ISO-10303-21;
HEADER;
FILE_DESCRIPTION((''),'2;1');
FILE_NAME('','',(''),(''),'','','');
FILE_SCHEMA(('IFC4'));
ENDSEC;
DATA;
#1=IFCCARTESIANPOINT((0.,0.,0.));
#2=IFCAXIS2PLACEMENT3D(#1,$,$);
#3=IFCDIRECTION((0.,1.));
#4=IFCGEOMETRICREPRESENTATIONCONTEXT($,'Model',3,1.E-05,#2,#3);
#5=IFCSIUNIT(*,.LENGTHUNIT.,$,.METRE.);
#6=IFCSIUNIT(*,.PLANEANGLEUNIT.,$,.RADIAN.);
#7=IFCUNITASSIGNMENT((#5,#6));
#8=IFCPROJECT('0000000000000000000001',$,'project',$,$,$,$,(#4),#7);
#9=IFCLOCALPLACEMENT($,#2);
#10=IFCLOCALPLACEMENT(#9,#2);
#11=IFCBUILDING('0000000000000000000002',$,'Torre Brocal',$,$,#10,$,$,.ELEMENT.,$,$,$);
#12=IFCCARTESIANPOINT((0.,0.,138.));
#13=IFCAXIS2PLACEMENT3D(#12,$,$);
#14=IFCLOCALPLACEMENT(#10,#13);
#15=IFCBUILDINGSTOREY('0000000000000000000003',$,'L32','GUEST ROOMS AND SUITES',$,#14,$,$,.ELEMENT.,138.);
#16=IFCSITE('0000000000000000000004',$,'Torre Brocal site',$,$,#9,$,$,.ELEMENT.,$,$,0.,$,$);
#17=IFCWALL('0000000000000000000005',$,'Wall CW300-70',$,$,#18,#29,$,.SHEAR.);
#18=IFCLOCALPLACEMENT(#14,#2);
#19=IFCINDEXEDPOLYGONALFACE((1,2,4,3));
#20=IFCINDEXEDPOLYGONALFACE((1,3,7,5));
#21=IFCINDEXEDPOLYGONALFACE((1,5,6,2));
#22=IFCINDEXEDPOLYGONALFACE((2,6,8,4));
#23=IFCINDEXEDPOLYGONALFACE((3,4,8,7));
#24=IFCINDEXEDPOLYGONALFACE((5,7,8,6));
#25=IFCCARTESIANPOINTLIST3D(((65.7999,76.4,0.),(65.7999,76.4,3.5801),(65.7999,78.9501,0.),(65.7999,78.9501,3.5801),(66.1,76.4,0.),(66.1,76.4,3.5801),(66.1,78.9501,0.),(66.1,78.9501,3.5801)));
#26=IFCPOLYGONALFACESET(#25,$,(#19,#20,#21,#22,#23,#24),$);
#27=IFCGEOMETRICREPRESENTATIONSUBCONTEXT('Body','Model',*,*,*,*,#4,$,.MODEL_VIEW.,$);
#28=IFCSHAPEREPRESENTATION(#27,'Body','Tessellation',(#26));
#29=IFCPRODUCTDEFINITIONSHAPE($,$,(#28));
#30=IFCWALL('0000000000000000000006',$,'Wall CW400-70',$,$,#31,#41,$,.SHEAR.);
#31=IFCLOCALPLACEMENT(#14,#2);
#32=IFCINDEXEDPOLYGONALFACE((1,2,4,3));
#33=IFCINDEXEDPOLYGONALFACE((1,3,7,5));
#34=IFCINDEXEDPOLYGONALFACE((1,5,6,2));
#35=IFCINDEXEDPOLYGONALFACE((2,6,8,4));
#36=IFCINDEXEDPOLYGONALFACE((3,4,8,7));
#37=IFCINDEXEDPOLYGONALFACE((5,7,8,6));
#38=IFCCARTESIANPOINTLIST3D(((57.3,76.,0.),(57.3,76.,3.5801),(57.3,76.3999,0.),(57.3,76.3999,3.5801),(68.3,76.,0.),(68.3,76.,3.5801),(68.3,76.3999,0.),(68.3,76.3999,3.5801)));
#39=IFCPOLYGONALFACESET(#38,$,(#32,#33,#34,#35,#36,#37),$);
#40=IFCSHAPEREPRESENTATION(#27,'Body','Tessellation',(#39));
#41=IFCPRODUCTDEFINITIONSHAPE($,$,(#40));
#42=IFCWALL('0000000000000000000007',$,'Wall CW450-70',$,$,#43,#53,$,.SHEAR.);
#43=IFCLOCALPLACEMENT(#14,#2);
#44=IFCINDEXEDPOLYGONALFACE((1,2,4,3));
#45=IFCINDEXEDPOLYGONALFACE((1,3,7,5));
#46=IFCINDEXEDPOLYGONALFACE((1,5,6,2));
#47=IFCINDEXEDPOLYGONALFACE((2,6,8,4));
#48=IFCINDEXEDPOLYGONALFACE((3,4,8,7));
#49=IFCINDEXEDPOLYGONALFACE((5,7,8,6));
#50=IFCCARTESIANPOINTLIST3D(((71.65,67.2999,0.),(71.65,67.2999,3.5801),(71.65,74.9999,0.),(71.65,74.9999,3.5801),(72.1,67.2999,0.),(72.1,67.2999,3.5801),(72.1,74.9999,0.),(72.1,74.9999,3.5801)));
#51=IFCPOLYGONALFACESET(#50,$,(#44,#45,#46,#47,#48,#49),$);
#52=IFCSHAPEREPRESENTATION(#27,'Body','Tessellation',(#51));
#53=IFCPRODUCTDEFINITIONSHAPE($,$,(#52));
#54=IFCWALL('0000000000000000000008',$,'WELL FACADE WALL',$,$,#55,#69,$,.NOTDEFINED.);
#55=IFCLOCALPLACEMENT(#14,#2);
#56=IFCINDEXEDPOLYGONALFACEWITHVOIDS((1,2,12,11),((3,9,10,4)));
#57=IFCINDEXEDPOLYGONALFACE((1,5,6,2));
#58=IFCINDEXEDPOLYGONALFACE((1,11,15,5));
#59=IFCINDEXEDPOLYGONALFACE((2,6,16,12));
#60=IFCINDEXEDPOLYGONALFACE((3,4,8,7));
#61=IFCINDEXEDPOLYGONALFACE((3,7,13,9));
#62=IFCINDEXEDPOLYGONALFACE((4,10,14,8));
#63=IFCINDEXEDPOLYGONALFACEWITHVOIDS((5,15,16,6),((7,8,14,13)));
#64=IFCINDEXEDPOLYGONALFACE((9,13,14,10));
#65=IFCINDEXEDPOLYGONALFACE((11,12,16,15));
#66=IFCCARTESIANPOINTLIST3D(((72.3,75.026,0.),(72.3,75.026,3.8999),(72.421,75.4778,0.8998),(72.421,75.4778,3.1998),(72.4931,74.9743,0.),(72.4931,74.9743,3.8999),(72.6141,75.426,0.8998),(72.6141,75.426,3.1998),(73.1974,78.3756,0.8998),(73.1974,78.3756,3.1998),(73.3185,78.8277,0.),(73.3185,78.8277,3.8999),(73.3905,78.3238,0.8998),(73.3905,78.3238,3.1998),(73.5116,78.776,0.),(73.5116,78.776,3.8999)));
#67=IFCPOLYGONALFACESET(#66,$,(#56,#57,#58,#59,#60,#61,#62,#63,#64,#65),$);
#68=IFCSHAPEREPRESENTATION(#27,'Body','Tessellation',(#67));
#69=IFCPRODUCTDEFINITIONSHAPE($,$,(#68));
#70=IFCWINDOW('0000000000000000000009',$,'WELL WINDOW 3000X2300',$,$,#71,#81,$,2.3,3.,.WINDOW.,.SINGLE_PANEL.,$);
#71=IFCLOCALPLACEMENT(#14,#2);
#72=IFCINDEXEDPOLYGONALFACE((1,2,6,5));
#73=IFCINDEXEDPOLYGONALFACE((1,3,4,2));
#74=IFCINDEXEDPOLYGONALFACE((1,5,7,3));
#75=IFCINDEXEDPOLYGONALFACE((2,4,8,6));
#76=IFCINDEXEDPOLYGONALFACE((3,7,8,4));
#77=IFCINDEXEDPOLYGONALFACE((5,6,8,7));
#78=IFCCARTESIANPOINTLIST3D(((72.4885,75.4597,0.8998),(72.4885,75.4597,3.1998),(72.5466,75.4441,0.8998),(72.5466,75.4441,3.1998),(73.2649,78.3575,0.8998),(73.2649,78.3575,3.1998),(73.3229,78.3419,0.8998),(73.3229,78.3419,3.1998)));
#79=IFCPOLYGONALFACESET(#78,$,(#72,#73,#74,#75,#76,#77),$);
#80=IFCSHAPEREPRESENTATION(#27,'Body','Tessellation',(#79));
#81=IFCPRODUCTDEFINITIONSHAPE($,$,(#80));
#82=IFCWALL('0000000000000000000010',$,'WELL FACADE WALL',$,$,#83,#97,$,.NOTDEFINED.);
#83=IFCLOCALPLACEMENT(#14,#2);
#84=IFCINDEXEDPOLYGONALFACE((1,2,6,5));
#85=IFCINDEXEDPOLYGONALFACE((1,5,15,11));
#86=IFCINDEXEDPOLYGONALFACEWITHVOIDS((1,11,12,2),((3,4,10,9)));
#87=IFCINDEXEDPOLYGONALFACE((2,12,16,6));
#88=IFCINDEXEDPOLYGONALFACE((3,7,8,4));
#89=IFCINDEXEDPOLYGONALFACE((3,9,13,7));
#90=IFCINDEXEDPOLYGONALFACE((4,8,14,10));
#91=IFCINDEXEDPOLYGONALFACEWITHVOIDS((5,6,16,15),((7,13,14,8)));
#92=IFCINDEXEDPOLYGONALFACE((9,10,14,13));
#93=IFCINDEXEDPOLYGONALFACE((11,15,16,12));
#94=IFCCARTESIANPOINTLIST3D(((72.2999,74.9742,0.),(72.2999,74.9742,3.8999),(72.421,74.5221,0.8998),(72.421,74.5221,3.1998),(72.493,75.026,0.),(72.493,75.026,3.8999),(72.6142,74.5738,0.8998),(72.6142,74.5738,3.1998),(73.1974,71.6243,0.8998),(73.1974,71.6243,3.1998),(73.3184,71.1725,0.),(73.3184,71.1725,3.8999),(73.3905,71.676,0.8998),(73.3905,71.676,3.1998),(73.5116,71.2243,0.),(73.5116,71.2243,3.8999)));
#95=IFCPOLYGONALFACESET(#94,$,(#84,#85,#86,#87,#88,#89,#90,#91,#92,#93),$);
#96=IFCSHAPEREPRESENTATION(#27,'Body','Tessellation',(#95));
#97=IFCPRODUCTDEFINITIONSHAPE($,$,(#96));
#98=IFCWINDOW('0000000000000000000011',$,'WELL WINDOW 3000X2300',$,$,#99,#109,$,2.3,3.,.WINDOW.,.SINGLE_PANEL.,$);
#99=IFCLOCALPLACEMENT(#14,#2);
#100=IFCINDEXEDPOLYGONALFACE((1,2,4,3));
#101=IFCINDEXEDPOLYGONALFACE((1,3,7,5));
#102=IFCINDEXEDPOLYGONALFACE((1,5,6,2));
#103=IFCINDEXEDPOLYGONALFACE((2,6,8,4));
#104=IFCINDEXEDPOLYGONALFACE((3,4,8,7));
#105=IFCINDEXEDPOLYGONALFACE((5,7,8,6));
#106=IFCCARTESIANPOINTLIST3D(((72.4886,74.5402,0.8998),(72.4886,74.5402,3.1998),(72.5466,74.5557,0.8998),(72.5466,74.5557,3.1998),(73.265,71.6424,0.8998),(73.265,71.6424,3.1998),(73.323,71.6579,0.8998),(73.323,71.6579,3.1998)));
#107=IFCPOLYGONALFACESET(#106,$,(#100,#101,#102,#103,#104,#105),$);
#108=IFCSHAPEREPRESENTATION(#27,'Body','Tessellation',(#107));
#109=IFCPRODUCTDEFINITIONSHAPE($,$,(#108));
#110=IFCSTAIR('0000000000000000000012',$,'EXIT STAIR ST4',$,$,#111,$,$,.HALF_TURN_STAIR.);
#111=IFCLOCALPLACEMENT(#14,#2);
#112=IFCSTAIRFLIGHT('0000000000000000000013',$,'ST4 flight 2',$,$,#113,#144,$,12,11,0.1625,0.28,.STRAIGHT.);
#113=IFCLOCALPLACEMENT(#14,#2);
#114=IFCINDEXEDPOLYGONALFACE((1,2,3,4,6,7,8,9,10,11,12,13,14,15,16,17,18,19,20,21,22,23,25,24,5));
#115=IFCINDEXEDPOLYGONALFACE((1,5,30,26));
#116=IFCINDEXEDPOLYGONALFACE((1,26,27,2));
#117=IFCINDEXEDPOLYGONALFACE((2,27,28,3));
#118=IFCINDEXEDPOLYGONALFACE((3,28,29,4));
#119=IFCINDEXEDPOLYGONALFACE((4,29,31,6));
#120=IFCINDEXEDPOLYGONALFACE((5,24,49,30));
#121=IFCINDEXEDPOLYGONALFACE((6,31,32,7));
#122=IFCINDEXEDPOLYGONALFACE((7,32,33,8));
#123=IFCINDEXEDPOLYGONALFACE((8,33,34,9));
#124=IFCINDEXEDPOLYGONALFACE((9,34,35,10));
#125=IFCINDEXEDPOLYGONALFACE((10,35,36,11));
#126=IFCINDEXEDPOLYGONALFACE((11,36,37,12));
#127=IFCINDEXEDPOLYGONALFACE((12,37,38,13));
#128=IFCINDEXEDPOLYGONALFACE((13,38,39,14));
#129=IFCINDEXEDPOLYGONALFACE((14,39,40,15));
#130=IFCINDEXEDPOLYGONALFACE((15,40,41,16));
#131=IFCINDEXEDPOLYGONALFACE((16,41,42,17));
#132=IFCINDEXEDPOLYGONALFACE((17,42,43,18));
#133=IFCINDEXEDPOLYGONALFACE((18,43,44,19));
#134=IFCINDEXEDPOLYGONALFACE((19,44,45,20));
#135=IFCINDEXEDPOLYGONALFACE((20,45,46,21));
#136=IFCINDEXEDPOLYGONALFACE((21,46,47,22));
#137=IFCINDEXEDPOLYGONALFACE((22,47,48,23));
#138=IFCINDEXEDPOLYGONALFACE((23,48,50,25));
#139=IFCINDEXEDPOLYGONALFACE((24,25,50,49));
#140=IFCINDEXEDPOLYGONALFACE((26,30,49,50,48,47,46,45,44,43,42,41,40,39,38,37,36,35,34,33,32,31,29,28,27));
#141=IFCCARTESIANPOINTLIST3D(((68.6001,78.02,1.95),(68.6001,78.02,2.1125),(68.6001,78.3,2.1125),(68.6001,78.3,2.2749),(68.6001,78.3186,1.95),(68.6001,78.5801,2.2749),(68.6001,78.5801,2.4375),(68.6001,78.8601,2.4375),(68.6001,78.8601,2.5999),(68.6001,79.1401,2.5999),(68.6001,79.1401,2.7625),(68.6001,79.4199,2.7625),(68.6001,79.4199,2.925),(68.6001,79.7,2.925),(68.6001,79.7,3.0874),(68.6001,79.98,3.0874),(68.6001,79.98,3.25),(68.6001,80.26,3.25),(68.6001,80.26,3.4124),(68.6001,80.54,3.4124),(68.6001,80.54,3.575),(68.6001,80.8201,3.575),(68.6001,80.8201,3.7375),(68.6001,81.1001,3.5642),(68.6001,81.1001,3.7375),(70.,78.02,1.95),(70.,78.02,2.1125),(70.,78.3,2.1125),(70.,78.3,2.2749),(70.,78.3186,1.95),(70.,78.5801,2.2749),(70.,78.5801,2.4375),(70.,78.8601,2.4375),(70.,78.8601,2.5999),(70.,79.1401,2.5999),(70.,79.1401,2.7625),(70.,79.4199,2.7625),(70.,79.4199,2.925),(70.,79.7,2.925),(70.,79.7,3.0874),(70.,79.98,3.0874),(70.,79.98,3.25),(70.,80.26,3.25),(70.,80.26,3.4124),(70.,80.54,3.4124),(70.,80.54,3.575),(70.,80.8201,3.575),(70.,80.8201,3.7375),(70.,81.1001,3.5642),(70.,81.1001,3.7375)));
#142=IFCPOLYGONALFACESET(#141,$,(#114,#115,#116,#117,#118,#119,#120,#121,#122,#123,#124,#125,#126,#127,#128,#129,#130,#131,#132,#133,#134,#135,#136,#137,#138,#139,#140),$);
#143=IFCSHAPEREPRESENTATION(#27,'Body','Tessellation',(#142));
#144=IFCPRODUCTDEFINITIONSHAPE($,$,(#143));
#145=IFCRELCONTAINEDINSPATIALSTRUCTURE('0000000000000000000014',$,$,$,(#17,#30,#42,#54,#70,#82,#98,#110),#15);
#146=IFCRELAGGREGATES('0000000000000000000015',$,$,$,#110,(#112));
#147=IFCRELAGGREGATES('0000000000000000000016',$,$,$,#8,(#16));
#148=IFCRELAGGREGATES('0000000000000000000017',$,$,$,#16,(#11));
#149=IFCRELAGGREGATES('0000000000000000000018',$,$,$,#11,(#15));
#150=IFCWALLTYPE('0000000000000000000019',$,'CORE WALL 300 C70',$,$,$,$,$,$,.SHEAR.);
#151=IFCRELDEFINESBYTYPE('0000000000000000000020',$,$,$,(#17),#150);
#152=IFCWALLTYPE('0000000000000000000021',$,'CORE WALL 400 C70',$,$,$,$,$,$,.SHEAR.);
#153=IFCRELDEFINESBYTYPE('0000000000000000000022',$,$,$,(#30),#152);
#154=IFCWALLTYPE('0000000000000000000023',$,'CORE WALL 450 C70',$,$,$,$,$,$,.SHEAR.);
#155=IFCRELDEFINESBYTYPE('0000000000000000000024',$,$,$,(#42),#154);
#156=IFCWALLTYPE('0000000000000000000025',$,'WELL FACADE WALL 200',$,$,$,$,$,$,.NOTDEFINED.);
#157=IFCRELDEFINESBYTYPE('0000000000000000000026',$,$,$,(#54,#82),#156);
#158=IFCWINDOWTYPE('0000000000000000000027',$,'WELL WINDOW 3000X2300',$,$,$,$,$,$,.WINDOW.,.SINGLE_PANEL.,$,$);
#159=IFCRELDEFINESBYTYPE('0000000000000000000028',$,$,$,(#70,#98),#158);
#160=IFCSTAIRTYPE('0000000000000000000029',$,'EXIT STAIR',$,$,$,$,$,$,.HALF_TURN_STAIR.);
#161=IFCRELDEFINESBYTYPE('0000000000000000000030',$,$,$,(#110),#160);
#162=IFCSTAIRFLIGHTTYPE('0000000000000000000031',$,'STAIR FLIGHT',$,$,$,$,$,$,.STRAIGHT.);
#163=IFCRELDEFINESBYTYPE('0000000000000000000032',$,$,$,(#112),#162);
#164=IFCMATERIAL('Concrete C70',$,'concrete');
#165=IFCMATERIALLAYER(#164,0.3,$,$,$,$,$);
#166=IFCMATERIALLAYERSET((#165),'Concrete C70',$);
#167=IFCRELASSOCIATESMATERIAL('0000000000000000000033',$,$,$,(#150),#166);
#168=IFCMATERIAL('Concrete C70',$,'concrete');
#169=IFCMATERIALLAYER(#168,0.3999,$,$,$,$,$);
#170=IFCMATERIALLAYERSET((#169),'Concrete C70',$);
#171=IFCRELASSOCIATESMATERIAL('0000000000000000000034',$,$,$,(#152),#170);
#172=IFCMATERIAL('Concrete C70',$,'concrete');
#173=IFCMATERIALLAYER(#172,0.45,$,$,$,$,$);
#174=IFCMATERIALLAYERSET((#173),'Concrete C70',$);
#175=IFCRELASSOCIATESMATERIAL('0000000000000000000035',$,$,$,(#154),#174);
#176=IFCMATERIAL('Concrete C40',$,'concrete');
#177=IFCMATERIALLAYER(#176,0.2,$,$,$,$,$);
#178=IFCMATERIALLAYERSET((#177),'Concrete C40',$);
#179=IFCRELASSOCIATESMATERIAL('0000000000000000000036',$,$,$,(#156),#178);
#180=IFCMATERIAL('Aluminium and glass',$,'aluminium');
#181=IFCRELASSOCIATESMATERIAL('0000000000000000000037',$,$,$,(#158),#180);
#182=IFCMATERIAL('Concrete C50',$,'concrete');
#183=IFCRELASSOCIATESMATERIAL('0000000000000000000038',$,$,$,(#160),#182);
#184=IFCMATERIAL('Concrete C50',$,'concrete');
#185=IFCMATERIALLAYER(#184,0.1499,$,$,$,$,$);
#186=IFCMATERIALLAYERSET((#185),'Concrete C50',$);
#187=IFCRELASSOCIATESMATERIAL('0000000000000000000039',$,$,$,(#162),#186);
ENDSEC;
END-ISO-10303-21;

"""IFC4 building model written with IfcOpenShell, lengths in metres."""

from ifc_helpers import new_model, si_unit, direction, frame, frame_2d, origin, place, context, subcontext, project, spatial, polyline, rectangle, outline, extrude, material, layer, layer_set, type_object, element, fill, aggregate, save


model = new_model("IFC4")

# Units and contexts
model_context = context("Model", 3, precision=1e-05, world=origin(), true_north=direction((0.0, 1.0)))
body_context = subcontext(model_context, "Body", "Model", "MODEL_VIEW")
ifc_project = project(units=[si_unit("LENGTHUNIT", "METRE"), si_unit("PLANEANGLEUNIT", "RADIAN")], contexts=[model_context])

# Site, building, storey
site_placement = place(None, origin())
site = spatial("IfcSite", under=ifc_project, at=site_placement, Name="Torre Brocal site", CompositionType="ELEMENT", RefElevation=0.0)
building_placement = place(site_placement, origin())
building = spatial("IfcBuilding", under=site, at=building_placement, Name="Torre Brocal", CompositionType="ELEMENT")
storey_placement = place(building_placement, frame((0.0, 0.0, 138.0)))
storey = spatial("IfcBuildingStorey", under=building, at=storey_placement, Name="L32", Description="GUEST ROOMS AND SUITES", CompositionType="ELEMENT", Elevation=138.0)

# Shared definitions
ifc_material_1 = material(Name="Concrete C70", Category="concrete")
ifc_layer_1 = layer(ifc_material_1, 0.3)
ifc_layer_set_1 = layer_set([ifc_layer_1], Name="Concrete C70")
wall_type_1 = type_object("IfcWallType", Name="CORE WALL 300 C70", PredefinedType="SHEAR", material=ifc_layer_set_1)

# Walls
wall_1_placement = place(storey_placement, frame((65.95, 78.95, 0.0), z_axis=(0.0, 0.0, 1.0), x_axis=(0.0, -1.0, 0.0)))
element("IfcWall", 1, at=wall_1_placement, inside=storey, type_object=wall_type_1, Name="Wall CW300-70", PredefinedType="SHEAR", context=body_context, shape_type="SweptSolid", body=[
    extrude(rectangle(XDim=2.55, YDim=0.3, at=frame_2d((1.2749, 0.0))), origin(), (0.0, 0.0, 1.0), 3.5801),
])
ifc_material_2 = material(Name="Concrete C70", Category="concrete")
ifc_layer_2 = layer(ifc_material_2, 0.3999)
ifc_layer_set_2 = layer_set([ifc_layer_2], Name="Concrete C70")
wall_type_2 = type_object("IfcWallType", Name="CORE WALL 400 C70", PredefinedType="SHEAR", material=ifc_layer_set_2)
wall_2_placement = place(storey_placement, frame((68.3, 76.2, 0.0), z_axis=(0.0, 0.0, 1.0), x_axis=(-1.0, 0.0, 0.0)))
element("IfcWall", 2, at=wall_2_placement, inside=storey, type_object=wall_type_2, Name="Wall CW400-70", PredefinedType="SHEAR", context=body_context, shape_type="SweptSolid", body=[
    extrude(rectangle(XDim=11.0, YDim=0.3999, at=frame_2d((5.5, 0.0))), origin(), (0.0, 0.0, 1.0), 3.5801),
])
ifc_material_3 = material(Name="Concrete C70", Category="concrete")
ifc_layer_3 = layer(ifc_material_3, 0.45)
ifc_layer_set_3 = layer_set([ifc_layer_3], Name="Concrete C70")
wall_type_3 = type_object("IfcWallType", Name="CORE WALL 450 C70", PredefinedType="SHEAR", material=ifc_layer_set_3)
wall_3_placement = place(storey_placement, frame((71.875, 75.0, 0.0), z_axis=(0.0, 0.0, 1.0), x_axis=(0.0, -1.0, 0.0)))
element("IfcWall", 3, at=wall_3_placement, inside=storey, type_object=wall_type_3, Name="Wall CW450-70", PredefinedType="SHEAR", context=body_context, shape_type="SweptSolid", body=[
    extrude(rectangle(XDim=7.7, YDim=0.45, at=frame_2d((3.8501, 0.0))), origin(), (0.0, 0.0, 1.0), 3.5801),
])

# Walls, openings, windows
ifc_material_4 = material(Name="Concrete C40", Category="concrete")
ifc_layer_4 = layer(ifc_material_4, 0.2)
ifc_layer_set_4 = layer_set([ifc_layer_4], Name="Concrete C40")
wall_type_4 = type_object("IfcWallType", Name="WELL FACADE WALL 200", PredefinedType="NOTDEFINED", material=ifc_layer_set_4)
wall_4_placement = place(storey_placement, frame((73.415, 78.8018, 0.0), z_axis=(0.0, 0.0, 1.0), x_axis=(-0.25879, -0.965934, 0.0)))
wall_4 = element("IfcWall", 4, at=wall_4_placement, inside=storey, type_object=wall_type_4, Name="WELL FACADE WALL", PredefinedType="NOTDEFINED", context=body_context, shape_type="SweptSolid", body=[
    extrude(rectangle(XDim=3.9358, YDim=0.2, at=frame_2d((1.9678, 0.0))), origin(), (0.0, 0.0, 1.0), 3.8999),
])
opening_1_placement = place(wall_4_placement, frame((0.468, 0.0, 0.8999)))
opening_1 = element("IfcOpeningElement", 5, at=opening_1_placement, cuts=wall_4, PredefinedType="OPENING", context=body_context, shape_type="SweptSolid", body=[
    extrude(rectangle(XDim=3.0, YDim=2.3, at=frame_2d((1.5, 1.1499))), frame((0.0, 0.1099, 0.0), z_axis=(0.0, -1.0, 0.0), x_axis=(1.0, 0.0, 0.0)), (0.0, 0.0, 1.0), 0.22),
])
ifc_material_5 = material(Name="Aluminium and glass", Category="aluminium")
window_type = type_object("IfcWindowType", Name="WELL WINDOW 3000X2300", PartitioningType="SINGLE_PANEL", PredefinedType="WINDOW", material=ifc_material_5)
window_1_placement = place(opening_1_placement, origin())
window_1 = element("IfcWindow", 6, at=window_1_placement, inside=storey, type_object=window_type, Name="WELL WINDOW 3000X2300", OverallHeight=2.3, OverallWidth=3.0, PartitioningType="SINGLE_PANEL", PredefinedType="WINDOW", context=body_context, shape_type="SweptSolid", body=[
    extrude(rectangle(XDim=3.0, YDim=2.3, at=frame_2d((1.5, 1.1499))), frame((0.0, 0.03, 0.0), z_axis=(0.0, -1.0, 0.0), x_axis=(1.0, 0.0, 0.0)), (0.0, 0.0, 1.0), 0.0601),
])
fill(opening_1, window_1)
wall_5_placement = place(storey_placement, frame((72.3965, 75.0, 0.0), z_axis=(0.0, 0.0, 1.0), x_axis=(0.25879, -0.965934, 0.0)))
wall_5 = element("IfcWall", 7, at=wall_5_placement, inside=storey, type_object=wall_type_4, Name="WELL FACADE WALL", PredefinedType="NOTDEFINED", context=body_context, shape_type="SweptSolid", body=[
    extrude(rectangle(XDim=3.9358, YDim=0.2, at=frame_2d((1.9678, 0.0))), origin(), (0.0, 0.0, 1.0), 3.8999),
])
opening_2_placement = place(wall_5_placement, frame((0.468, 0.0, 0.8999)))
opening_2 = element("IfcOpeningElement", 8, at=opening_2_placement, cuts=wall_5, PredefinedType="OPENING", context=body_context, shape_type="SweptSolid", body=[
    extrude(rectangle(XDim=3.0, YDim=2.3, at=frame_2d((1.5, 1.1499))), frame((0.0, 0.1099, 0.0), z_axis=(0.0, -1.0, 0.0), x_axis=(1.0, 0.0, 0.0)), (0.0, 0.0, 1.0), 0.22),
])
window_2_placement = place(opening_2_placement, origin())
window_2 = element("IfcWindow", 9, at=window_2_placement, inside=storey, type_object=window_type, Name="WELL WINDOW 3000X2300", OverallHeight=2.3, OverallWidth=3.0, PartitioningType="SINGLE_PANEL", PredefinedType="WINDOW", context=body_context, shape_type="SweptSolid", body=[
    extrude(rectangle(XDim=3.0, YDim=2.3, at=frame_2d((1.5, 1.1499))), frame((0.0, 0.03, 0.0), z_axis=(0.0, -1.0, 0.0), x_axis=(1.0, 0.0, 0.0)), (0.0, 0.0, 1.0), 0.0601),
])
fill(opening_2, window_2)

# Stair, stair flight
ifc_material_6 = material(Name="Concrete C50", Category="concrete")
stair_type = type_object("IfcStairType", Name="EXIT STAIR", PredefinedType="HALF_TURN_STAIR", material=ifc_material_6)
stair_placement = place(storey_placement, origin())
stair = element("IfcStair", 10, at=stair_placement, inside=storey, type_object=stair_type, Name="EXIT STAIR ST4", PredefinedType="HALF_TURN_STAIR")
ifc_material_7 = material(Name="Concrete C50", Category="concrete")
ifc_layer_5 = layer(ifc_material_7, 0.1499)
ifc_layer_set_5 = layer_set([ifc_layer_5], Name="Concrete C50")
stair_flight_type = type_object("IfcStairFlightType", Name="STAIR FLIGHT", PredefinedType="STRAIGHT", material=ifc_layer_set_5)
stair_flight_placement = place(storey_placement, frame((69.3, 78.02, 1.95), z_axis=(0.0, 0.0, 1.0), x_axis=(0.0, 1.0, 0.0)))
stair_flight = element("IfcStairFlight", 11, at=stair_flight_placement, type_object=stair_flight_type, Name="ST4 flight 2", NumberOfRisers=12, NumberOfTreads=11, PredefinedType="STRAIGHT", RiserHeight=0.1625, TreadLength=0.28, context=body_context, shape_type="SweptSolid", body=[
    extrude(outline(polyline([(0.0, 0.0), (0.0, 0.1626), (0.28, 0.1626), (0.28, 0.325), (0.5601, 0.325), (0.5601, 0.4875), (0.8401, 0.4875), (0.8401, 0.6499), (1.1201, 0.6499), (1.1201, 0.8125), (1.3999, 0.8125), (1.3999, 0.9751), (1.6799, 0.9751), (1.6799, 1.1375), (1.96, 1.1375), (1.96, 1.3), (2.24, 1.3), (2.24, 1.4624), (2.52, 1.4624), (2.52, 1.625), (2.8, 1.625), (2.8, 1.7876), (3.0801, 1.7876), (3.0801, 1.95), (3.0801, 1.6143), (0.2986, 0.0), (0.0, 0.0)])), frame((0.0, 0.7, 0.0), z_axis=(0.0, -1.0, 0.0), x_axis=(1.0, 0.0, 0.0)), (0.0, 0.0, 1.0), 1.3999),
])
aggregate(stair, [stair_flight])

save(model, "model.ifc")
